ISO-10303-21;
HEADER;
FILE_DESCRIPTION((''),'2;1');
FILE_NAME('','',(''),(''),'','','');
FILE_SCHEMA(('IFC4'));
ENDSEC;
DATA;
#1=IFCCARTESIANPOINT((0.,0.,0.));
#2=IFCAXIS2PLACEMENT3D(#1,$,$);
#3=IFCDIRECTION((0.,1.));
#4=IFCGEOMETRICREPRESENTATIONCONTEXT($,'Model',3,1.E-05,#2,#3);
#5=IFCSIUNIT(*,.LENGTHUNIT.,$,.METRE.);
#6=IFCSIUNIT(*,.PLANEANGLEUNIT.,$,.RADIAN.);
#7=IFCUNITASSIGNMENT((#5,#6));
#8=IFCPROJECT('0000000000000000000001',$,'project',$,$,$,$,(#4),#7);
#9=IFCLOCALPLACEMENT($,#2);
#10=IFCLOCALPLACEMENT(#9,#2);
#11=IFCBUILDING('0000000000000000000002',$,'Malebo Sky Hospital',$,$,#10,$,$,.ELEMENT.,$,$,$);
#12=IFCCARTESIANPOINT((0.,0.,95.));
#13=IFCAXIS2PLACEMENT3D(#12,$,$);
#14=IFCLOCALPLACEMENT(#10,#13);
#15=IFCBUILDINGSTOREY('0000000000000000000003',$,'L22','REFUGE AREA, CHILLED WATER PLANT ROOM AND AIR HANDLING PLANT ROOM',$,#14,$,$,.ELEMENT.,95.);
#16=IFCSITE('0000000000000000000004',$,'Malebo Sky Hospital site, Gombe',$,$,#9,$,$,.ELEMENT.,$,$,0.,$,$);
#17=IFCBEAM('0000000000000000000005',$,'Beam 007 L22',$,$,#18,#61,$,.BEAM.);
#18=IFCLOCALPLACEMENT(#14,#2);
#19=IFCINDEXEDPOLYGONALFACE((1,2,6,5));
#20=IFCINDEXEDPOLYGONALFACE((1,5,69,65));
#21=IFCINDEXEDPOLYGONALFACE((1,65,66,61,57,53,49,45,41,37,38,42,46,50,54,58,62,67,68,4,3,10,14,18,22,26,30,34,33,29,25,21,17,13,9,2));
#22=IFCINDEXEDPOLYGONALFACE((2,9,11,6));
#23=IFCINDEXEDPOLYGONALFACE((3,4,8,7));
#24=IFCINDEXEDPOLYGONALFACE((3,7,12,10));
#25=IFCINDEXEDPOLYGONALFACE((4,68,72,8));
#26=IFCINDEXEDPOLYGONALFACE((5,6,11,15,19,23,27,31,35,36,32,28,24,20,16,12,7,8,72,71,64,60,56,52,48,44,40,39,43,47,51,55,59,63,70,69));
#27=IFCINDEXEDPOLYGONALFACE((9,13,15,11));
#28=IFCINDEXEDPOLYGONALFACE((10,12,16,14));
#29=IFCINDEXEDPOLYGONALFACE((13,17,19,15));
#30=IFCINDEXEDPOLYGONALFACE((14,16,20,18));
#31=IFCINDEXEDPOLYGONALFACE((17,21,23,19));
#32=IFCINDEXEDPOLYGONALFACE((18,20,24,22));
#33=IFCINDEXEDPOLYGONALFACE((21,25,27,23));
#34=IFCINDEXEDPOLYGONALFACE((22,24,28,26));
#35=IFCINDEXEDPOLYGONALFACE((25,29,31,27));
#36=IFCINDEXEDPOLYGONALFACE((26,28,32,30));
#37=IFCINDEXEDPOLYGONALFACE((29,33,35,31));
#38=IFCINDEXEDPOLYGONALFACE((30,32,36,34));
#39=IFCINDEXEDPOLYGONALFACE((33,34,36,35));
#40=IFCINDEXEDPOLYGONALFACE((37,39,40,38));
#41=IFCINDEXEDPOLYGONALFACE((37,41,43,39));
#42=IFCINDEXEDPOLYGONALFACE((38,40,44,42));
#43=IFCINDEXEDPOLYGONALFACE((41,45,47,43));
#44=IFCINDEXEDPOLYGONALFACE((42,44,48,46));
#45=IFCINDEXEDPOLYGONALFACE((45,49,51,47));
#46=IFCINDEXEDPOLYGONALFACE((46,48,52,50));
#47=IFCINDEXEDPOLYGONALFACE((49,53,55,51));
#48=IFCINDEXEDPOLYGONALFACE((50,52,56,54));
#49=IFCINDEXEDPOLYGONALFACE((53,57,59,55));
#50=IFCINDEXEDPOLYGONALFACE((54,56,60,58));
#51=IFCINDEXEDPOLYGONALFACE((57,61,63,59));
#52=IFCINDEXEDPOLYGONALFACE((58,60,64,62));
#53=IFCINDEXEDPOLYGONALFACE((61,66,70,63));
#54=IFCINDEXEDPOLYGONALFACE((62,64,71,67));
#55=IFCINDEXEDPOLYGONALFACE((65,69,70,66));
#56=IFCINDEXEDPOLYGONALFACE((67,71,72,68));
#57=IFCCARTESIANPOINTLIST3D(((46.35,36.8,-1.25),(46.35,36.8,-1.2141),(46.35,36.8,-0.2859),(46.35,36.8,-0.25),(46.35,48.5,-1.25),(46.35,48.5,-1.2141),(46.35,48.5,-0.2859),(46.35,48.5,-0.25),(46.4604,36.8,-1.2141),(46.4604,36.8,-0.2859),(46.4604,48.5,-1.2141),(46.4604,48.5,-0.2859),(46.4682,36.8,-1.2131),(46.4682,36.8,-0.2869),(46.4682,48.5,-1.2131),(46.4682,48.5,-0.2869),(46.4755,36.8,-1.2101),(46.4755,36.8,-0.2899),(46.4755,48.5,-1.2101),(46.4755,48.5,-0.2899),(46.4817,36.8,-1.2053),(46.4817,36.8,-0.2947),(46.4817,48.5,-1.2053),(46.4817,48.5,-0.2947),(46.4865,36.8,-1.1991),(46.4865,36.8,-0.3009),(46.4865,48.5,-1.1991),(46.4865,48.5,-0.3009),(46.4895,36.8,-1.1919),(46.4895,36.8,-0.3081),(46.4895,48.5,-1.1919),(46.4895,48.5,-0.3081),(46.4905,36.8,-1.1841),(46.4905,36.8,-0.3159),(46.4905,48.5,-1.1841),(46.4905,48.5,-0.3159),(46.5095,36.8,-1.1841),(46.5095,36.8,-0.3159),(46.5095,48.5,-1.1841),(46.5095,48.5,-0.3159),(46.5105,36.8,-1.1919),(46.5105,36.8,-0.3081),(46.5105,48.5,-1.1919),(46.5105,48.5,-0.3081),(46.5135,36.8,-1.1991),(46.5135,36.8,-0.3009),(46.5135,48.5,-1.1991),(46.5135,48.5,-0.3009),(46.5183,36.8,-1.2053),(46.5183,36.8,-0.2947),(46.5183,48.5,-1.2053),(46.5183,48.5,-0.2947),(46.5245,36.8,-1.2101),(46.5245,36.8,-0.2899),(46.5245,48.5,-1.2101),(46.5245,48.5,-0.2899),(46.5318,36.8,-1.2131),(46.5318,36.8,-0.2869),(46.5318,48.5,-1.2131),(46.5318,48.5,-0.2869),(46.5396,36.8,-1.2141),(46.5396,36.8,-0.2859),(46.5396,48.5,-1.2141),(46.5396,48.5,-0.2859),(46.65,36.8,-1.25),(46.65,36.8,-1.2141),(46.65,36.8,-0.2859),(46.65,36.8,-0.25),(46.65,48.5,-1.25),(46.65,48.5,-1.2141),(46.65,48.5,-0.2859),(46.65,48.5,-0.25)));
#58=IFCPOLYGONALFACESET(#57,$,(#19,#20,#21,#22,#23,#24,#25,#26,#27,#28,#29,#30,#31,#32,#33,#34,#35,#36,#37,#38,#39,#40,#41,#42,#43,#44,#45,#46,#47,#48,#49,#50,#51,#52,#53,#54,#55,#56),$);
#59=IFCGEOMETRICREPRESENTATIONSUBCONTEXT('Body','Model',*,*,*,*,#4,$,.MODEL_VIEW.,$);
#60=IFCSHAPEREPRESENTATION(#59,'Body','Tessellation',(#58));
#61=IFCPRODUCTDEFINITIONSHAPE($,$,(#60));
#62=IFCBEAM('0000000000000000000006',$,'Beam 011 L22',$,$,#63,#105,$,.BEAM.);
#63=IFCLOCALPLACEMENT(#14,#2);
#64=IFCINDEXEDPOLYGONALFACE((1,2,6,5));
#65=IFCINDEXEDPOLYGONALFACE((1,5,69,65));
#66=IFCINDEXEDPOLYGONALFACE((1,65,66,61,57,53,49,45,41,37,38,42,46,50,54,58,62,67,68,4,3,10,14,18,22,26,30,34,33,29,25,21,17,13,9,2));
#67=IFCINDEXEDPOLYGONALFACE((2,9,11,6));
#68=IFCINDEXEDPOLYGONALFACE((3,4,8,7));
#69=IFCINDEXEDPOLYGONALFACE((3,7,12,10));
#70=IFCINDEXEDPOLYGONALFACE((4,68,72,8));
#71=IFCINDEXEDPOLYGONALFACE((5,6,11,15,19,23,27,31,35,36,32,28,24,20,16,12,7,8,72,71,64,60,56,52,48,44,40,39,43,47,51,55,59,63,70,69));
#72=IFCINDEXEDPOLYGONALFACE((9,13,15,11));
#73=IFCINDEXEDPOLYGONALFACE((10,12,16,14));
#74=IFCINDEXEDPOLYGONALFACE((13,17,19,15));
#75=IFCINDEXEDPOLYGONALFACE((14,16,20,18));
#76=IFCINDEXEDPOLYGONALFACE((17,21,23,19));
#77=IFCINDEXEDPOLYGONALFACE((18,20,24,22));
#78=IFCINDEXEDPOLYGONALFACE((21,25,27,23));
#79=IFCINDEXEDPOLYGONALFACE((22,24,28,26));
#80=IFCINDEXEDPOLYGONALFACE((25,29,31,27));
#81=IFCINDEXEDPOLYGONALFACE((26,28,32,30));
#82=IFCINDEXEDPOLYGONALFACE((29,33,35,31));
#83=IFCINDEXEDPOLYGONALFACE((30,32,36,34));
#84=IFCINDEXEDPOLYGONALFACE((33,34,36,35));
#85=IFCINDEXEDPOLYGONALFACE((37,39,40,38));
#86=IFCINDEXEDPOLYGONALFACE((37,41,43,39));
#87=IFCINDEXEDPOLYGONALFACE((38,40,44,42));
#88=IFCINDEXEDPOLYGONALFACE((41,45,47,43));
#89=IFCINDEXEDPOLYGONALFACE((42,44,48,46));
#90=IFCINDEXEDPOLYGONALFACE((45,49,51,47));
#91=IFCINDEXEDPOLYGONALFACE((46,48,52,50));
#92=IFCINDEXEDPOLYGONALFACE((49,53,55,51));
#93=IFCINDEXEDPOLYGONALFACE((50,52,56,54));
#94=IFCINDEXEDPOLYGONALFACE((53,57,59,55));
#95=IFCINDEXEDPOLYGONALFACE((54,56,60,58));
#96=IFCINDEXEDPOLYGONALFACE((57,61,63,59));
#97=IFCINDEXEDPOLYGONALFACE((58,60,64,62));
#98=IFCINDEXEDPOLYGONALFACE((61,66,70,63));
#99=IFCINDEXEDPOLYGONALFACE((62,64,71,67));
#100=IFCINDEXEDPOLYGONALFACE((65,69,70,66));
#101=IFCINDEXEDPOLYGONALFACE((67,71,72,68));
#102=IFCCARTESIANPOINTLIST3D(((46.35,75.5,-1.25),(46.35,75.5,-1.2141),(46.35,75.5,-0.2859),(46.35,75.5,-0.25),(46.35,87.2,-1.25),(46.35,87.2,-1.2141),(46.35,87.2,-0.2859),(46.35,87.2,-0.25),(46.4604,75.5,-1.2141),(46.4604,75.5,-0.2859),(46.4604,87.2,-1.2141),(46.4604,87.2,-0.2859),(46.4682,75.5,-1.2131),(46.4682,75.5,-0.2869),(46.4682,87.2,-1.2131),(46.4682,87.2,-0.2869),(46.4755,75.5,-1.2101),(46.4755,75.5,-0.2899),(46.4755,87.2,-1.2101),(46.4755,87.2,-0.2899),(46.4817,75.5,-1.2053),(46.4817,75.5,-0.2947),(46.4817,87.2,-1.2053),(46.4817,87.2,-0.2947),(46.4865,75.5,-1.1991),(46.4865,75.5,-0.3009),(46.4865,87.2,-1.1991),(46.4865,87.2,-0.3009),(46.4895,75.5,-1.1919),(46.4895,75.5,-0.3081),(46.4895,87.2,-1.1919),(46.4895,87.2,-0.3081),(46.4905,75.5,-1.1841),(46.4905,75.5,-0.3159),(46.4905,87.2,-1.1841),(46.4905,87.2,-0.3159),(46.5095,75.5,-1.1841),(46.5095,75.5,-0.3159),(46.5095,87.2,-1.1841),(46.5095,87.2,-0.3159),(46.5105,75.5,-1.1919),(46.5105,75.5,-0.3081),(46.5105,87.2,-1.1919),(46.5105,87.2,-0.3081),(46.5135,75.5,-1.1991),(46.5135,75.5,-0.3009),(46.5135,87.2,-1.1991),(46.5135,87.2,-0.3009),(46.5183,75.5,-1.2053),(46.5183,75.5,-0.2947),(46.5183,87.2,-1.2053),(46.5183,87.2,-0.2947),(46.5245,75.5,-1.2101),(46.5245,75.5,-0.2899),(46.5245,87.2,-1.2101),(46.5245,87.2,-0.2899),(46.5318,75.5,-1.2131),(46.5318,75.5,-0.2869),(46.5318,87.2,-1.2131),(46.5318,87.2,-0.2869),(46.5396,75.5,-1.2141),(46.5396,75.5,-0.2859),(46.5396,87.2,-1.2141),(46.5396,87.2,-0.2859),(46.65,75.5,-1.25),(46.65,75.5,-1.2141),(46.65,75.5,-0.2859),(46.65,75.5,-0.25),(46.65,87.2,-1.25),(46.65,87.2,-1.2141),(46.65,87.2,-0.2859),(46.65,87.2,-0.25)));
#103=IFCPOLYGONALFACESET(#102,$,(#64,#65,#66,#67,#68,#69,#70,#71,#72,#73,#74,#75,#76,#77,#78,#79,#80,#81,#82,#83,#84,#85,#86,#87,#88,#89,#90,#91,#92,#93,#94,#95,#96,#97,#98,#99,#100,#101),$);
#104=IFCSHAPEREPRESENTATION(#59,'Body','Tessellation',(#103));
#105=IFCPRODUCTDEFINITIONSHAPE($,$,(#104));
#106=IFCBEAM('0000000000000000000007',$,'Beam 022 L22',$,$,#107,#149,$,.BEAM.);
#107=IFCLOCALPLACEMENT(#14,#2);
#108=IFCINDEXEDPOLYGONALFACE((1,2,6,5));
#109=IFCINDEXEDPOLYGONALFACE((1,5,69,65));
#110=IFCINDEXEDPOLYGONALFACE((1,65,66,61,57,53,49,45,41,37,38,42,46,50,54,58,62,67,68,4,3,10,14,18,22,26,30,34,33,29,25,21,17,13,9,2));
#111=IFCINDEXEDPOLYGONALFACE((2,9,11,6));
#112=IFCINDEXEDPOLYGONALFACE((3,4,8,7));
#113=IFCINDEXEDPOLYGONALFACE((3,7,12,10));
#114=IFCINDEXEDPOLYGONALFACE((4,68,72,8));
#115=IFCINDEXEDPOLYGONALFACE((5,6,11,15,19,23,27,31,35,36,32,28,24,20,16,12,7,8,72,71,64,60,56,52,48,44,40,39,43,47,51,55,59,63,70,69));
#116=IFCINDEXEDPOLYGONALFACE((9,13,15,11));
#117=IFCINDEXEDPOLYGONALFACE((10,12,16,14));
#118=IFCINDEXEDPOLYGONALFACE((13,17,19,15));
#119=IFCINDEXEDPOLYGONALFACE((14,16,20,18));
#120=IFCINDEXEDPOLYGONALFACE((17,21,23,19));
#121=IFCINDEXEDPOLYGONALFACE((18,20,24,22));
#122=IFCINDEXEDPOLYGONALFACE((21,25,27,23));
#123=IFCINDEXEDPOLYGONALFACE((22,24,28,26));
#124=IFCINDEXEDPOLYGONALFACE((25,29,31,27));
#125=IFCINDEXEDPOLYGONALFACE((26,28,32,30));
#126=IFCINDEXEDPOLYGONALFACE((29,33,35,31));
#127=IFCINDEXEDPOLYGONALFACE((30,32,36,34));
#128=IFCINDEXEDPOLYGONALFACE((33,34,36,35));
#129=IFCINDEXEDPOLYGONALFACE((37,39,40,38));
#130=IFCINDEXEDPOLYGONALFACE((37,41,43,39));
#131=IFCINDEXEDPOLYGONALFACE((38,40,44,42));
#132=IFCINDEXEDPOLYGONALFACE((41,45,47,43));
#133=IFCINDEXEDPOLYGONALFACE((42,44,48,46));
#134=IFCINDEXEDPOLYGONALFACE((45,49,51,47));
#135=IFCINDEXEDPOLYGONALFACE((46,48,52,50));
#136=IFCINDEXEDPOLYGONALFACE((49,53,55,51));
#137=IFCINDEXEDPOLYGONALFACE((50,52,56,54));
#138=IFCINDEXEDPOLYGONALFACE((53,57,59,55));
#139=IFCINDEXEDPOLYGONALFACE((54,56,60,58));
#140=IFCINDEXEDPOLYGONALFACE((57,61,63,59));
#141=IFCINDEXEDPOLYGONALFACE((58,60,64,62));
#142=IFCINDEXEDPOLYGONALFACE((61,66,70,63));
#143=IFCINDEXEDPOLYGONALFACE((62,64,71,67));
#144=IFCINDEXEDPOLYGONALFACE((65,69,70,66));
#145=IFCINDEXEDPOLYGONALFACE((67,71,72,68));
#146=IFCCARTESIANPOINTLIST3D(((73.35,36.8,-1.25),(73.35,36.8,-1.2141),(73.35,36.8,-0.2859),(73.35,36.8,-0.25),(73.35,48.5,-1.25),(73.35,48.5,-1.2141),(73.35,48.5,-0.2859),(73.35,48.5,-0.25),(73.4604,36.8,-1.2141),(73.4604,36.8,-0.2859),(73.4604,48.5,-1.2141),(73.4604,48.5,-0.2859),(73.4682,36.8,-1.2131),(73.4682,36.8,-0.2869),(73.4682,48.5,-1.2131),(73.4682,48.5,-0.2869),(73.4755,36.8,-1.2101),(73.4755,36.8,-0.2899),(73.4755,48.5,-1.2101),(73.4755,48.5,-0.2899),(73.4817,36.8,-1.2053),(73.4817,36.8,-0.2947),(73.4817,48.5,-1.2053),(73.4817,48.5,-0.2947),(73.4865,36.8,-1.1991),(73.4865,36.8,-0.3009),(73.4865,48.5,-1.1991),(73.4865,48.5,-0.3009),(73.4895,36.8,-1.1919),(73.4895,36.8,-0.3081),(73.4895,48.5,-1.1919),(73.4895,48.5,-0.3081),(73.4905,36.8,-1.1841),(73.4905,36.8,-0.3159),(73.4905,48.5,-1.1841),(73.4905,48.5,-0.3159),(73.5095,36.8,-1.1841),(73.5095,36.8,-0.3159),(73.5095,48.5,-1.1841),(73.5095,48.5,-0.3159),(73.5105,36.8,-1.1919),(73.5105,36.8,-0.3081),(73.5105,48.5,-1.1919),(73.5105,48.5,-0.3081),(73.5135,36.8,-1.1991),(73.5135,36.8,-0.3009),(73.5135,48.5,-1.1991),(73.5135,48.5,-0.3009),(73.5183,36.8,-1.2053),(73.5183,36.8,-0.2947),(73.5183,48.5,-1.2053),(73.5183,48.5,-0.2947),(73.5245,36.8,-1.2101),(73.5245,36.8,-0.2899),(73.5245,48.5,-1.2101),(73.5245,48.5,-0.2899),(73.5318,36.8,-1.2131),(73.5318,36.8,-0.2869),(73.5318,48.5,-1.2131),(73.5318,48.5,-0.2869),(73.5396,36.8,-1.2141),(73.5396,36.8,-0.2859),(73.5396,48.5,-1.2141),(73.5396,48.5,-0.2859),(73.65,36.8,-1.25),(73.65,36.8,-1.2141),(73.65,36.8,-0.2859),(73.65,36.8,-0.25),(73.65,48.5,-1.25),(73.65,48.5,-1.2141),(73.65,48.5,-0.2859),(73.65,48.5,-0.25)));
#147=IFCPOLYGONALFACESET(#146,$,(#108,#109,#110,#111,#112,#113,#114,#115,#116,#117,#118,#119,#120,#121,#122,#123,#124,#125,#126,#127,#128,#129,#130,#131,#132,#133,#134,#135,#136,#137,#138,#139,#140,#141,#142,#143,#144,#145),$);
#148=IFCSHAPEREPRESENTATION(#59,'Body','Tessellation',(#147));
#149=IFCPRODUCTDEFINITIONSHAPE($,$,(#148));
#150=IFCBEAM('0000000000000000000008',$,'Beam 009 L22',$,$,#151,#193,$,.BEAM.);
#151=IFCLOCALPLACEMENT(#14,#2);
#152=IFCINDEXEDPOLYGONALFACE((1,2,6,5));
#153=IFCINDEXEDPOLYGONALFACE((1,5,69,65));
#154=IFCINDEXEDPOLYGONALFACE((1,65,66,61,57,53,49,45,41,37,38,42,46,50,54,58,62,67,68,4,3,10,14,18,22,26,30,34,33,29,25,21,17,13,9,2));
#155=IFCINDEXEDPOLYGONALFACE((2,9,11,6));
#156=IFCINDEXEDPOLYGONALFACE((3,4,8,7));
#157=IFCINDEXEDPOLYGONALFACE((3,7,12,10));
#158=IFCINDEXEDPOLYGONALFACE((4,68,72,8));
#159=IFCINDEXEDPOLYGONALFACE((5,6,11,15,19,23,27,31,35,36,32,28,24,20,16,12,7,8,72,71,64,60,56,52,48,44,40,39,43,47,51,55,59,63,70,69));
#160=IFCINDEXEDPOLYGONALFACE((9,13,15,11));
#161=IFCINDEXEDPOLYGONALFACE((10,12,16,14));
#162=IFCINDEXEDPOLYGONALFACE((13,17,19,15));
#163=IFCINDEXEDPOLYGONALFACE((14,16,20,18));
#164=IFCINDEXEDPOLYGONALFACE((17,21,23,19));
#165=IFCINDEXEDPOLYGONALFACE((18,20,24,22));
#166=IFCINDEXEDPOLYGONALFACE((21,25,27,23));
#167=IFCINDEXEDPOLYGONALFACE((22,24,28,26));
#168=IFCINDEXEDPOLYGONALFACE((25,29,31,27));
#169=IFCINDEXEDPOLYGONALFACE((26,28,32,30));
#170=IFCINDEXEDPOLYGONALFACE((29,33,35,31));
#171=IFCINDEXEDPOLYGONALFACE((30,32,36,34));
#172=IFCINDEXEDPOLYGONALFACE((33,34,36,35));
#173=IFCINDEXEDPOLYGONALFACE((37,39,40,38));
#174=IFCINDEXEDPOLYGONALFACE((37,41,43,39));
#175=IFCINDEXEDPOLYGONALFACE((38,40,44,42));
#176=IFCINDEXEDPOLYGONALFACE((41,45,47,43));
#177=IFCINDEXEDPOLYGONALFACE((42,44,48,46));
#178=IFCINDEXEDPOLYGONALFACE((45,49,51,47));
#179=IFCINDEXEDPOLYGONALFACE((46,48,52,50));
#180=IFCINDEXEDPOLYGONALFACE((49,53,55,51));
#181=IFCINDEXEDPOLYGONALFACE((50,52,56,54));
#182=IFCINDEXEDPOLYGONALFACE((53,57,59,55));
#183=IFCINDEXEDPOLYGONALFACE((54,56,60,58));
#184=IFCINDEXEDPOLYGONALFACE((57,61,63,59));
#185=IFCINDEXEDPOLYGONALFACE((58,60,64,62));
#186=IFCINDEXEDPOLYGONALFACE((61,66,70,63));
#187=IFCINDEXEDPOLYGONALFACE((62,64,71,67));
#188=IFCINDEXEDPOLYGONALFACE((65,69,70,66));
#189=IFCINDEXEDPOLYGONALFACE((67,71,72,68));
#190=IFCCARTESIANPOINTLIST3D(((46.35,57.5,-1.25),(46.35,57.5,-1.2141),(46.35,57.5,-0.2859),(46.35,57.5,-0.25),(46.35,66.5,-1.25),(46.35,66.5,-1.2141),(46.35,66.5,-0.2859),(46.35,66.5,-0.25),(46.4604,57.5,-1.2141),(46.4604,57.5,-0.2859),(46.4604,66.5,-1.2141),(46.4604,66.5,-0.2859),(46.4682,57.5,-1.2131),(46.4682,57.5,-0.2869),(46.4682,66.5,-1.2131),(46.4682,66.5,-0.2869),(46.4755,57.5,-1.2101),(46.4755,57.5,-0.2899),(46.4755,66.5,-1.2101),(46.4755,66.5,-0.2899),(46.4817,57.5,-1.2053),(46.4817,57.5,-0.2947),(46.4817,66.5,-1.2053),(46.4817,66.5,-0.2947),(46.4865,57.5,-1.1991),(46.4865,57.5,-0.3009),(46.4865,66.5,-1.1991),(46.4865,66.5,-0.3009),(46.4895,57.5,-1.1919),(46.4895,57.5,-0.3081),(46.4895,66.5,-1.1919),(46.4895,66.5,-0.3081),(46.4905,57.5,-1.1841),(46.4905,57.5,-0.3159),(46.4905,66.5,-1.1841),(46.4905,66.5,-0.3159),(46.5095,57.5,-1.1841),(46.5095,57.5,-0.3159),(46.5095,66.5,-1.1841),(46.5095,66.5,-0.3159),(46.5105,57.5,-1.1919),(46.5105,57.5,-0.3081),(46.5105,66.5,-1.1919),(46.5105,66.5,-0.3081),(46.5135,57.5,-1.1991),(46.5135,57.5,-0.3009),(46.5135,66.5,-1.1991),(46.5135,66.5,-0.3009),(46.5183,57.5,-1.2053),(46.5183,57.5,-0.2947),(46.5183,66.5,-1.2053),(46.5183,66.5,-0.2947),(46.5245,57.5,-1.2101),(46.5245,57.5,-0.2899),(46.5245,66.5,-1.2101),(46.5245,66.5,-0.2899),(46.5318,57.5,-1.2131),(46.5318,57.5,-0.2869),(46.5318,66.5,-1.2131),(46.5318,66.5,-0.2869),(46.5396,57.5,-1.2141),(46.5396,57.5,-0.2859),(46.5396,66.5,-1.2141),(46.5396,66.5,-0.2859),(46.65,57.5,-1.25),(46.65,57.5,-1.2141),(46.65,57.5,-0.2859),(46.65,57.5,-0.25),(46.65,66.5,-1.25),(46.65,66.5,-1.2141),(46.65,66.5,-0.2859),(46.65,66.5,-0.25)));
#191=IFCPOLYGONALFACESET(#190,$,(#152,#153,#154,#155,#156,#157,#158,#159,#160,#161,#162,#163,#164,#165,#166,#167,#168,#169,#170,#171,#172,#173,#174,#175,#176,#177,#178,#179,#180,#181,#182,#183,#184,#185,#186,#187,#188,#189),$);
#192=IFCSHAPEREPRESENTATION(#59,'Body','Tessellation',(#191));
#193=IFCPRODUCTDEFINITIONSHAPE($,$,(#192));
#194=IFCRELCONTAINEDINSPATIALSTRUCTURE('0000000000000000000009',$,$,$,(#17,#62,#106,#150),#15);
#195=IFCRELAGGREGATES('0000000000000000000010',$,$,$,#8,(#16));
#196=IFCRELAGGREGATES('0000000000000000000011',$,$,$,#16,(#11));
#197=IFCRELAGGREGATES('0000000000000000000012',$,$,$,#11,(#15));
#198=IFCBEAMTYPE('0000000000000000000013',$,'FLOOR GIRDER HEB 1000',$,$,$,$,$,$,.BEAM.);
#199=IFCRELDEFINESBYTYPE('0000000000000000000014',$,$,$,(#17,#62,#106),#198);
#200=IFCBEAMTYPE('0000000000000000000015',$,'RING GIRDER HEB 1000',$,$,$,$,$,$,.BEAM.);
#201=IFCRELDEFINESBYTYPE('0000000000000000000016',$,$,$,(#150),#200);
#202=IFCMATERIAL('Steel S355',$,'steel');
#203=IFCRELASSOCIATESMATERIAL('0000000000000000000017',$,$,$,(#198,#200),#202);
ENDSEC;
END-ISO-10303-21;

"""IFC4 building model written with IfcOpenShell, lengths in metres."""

from ifc_helpers import new_model, si_unit, direction, frame, origin, origin_2d, place, context, subcontext, project, spatial, i_section, extrude, material, material_profile, profile_set, type_object, element, save


model = new_model("IFC4")

# Units and contexts
model_context = context("Model", 3, precision=1e-05, world=origin(), true_north=direction((0.0, 1.0)))
body_context = subcontext(model_context, "Body", "Model", "MODEL_VIEW")
ifc_project = project(units=[si_unit("LENGTHUNIT", "METRE"), si_unit("PLANEANGLEUNIT", "RADIAN")], contexts=[model_context])

# Site, building, storey
site_placement = place(None, origin())
site = spatial("IfcSite", under=ifc_project, at=site_placement, Name="Malebo Sky Hospital site, Gombe", CompositionType="ELEMENT", RefElevation=0.0)
building_placement = place(site_placement, origin())
building = spatial("IfcBuilding", under=site, at=building_placement, Name="Malebo Sky Hospital", CompositionType="ELEMENT")
storey_placement = place(building_placement, frame((0.0, 0.0, 95.0)))
storey = spatial("IfcBuildingStorey", under=building, at=storey_placement, Name="L22", Description="REFUGE AREA, CHILLED WATER PLANT ROOM AND AIR HANDLING PLANT ROOM", CompositionType="ELEMENT", Elevation=95.0)

# Beams
ifc_material = material(Name="Steel S355", Category="steel")
ifc_material_profile_1 = material_profile(ifc_material, i_section(OverallWidth=0.3, OverallDepth=1.0, WebThickness=0.019, FlangeThickness=0.0359, FilletRadius=0.03, at=origin_2d()), Name="HEB 1000")
ifc_profile_set_1 = profile_set([ifc_material_profile_1], Name="Steel S355")
beam_type_1 = type_object("IfcBeamType", Name="FLOOR GIRDER HEB 1000", PredefinedType="BEAM", material=ifc_profile_set_1)
for number, where, z_axis, x_axis, name in (
    (1, (46.5, 36.8, -0.75), (0.0, 1.0, 0.0), (-1.0, 0.0, 0.0), "Beam 007 L22"),
    (2, (46.5, 75.5, -0.75), (0.0, 1.0, 0.0), (-1.0, 0.0, 0.0), "Beam 011 L22"),
    (3, (73.5, 36.8, -0.75), (0.0, 1.0, 0.0), (-1.0, 0.0, 0.0), "Beam 022 L22"),
):
    element("IfcBeam", number, at=place(storey_placement, frame(where, z_axis=z_axis, x_axis=x_axis)), inside=storey, type_object=beam_type_1, Name=name, PredefinedType="BEAM", context=body_context, shape_type="SweptSolid", body=[
        extrude(i_section(OverallWidth=0.3, OverallDepth=1.0, WebThickness=0.019, FlangeThickness=0.0359, FilletRadius=0.03, at=origin_2d()), origin(), (0.0, 0.0, 1.0), 11.7),
    ])
ifc_material_profile_2 = material_profile(ifc_material, i_section(OverallWidth=0.3, OverallDepth=1.0, WebThickness=0.019, FlangeThickness=0.0359, FilletRadius=0.03, at=origin_2d()), Name="HEB 1000")
ifc_profile_set_2 = profile_set([ifc_material_profile_2], Name="Steel S355")
beam_type_2 = type_object("IfcBeamType", Name="RING GIRDER HEB 1000", PredefinedType="BEAM", material=ifc_profile_set_2)
beam_placement = place(storey_placement, frame((46.5, 57.5, -0.75), z_axis=(0.0, 1.0, 0.0), x_axis=(-1.0, 0.0, 0.0)))
element("IfcBeam", 4, at=beam_placement, inside=storey, type_object=beam_type_2, Name="Beam 009 L22", PredefinedType="BEAM", context=body_context, shape_type="SweptSolid", body=[
    extrude(i_section(OverallWidth=0.3, OverallDepth=1.0, WebThickness=0.019, FlangeThickness=0.0359, FilletRadius=0.03, at=origin_2d()), origin(), (0.0, 0.0, 1.0), 9.0),
])

save(model, "model.ifc")
